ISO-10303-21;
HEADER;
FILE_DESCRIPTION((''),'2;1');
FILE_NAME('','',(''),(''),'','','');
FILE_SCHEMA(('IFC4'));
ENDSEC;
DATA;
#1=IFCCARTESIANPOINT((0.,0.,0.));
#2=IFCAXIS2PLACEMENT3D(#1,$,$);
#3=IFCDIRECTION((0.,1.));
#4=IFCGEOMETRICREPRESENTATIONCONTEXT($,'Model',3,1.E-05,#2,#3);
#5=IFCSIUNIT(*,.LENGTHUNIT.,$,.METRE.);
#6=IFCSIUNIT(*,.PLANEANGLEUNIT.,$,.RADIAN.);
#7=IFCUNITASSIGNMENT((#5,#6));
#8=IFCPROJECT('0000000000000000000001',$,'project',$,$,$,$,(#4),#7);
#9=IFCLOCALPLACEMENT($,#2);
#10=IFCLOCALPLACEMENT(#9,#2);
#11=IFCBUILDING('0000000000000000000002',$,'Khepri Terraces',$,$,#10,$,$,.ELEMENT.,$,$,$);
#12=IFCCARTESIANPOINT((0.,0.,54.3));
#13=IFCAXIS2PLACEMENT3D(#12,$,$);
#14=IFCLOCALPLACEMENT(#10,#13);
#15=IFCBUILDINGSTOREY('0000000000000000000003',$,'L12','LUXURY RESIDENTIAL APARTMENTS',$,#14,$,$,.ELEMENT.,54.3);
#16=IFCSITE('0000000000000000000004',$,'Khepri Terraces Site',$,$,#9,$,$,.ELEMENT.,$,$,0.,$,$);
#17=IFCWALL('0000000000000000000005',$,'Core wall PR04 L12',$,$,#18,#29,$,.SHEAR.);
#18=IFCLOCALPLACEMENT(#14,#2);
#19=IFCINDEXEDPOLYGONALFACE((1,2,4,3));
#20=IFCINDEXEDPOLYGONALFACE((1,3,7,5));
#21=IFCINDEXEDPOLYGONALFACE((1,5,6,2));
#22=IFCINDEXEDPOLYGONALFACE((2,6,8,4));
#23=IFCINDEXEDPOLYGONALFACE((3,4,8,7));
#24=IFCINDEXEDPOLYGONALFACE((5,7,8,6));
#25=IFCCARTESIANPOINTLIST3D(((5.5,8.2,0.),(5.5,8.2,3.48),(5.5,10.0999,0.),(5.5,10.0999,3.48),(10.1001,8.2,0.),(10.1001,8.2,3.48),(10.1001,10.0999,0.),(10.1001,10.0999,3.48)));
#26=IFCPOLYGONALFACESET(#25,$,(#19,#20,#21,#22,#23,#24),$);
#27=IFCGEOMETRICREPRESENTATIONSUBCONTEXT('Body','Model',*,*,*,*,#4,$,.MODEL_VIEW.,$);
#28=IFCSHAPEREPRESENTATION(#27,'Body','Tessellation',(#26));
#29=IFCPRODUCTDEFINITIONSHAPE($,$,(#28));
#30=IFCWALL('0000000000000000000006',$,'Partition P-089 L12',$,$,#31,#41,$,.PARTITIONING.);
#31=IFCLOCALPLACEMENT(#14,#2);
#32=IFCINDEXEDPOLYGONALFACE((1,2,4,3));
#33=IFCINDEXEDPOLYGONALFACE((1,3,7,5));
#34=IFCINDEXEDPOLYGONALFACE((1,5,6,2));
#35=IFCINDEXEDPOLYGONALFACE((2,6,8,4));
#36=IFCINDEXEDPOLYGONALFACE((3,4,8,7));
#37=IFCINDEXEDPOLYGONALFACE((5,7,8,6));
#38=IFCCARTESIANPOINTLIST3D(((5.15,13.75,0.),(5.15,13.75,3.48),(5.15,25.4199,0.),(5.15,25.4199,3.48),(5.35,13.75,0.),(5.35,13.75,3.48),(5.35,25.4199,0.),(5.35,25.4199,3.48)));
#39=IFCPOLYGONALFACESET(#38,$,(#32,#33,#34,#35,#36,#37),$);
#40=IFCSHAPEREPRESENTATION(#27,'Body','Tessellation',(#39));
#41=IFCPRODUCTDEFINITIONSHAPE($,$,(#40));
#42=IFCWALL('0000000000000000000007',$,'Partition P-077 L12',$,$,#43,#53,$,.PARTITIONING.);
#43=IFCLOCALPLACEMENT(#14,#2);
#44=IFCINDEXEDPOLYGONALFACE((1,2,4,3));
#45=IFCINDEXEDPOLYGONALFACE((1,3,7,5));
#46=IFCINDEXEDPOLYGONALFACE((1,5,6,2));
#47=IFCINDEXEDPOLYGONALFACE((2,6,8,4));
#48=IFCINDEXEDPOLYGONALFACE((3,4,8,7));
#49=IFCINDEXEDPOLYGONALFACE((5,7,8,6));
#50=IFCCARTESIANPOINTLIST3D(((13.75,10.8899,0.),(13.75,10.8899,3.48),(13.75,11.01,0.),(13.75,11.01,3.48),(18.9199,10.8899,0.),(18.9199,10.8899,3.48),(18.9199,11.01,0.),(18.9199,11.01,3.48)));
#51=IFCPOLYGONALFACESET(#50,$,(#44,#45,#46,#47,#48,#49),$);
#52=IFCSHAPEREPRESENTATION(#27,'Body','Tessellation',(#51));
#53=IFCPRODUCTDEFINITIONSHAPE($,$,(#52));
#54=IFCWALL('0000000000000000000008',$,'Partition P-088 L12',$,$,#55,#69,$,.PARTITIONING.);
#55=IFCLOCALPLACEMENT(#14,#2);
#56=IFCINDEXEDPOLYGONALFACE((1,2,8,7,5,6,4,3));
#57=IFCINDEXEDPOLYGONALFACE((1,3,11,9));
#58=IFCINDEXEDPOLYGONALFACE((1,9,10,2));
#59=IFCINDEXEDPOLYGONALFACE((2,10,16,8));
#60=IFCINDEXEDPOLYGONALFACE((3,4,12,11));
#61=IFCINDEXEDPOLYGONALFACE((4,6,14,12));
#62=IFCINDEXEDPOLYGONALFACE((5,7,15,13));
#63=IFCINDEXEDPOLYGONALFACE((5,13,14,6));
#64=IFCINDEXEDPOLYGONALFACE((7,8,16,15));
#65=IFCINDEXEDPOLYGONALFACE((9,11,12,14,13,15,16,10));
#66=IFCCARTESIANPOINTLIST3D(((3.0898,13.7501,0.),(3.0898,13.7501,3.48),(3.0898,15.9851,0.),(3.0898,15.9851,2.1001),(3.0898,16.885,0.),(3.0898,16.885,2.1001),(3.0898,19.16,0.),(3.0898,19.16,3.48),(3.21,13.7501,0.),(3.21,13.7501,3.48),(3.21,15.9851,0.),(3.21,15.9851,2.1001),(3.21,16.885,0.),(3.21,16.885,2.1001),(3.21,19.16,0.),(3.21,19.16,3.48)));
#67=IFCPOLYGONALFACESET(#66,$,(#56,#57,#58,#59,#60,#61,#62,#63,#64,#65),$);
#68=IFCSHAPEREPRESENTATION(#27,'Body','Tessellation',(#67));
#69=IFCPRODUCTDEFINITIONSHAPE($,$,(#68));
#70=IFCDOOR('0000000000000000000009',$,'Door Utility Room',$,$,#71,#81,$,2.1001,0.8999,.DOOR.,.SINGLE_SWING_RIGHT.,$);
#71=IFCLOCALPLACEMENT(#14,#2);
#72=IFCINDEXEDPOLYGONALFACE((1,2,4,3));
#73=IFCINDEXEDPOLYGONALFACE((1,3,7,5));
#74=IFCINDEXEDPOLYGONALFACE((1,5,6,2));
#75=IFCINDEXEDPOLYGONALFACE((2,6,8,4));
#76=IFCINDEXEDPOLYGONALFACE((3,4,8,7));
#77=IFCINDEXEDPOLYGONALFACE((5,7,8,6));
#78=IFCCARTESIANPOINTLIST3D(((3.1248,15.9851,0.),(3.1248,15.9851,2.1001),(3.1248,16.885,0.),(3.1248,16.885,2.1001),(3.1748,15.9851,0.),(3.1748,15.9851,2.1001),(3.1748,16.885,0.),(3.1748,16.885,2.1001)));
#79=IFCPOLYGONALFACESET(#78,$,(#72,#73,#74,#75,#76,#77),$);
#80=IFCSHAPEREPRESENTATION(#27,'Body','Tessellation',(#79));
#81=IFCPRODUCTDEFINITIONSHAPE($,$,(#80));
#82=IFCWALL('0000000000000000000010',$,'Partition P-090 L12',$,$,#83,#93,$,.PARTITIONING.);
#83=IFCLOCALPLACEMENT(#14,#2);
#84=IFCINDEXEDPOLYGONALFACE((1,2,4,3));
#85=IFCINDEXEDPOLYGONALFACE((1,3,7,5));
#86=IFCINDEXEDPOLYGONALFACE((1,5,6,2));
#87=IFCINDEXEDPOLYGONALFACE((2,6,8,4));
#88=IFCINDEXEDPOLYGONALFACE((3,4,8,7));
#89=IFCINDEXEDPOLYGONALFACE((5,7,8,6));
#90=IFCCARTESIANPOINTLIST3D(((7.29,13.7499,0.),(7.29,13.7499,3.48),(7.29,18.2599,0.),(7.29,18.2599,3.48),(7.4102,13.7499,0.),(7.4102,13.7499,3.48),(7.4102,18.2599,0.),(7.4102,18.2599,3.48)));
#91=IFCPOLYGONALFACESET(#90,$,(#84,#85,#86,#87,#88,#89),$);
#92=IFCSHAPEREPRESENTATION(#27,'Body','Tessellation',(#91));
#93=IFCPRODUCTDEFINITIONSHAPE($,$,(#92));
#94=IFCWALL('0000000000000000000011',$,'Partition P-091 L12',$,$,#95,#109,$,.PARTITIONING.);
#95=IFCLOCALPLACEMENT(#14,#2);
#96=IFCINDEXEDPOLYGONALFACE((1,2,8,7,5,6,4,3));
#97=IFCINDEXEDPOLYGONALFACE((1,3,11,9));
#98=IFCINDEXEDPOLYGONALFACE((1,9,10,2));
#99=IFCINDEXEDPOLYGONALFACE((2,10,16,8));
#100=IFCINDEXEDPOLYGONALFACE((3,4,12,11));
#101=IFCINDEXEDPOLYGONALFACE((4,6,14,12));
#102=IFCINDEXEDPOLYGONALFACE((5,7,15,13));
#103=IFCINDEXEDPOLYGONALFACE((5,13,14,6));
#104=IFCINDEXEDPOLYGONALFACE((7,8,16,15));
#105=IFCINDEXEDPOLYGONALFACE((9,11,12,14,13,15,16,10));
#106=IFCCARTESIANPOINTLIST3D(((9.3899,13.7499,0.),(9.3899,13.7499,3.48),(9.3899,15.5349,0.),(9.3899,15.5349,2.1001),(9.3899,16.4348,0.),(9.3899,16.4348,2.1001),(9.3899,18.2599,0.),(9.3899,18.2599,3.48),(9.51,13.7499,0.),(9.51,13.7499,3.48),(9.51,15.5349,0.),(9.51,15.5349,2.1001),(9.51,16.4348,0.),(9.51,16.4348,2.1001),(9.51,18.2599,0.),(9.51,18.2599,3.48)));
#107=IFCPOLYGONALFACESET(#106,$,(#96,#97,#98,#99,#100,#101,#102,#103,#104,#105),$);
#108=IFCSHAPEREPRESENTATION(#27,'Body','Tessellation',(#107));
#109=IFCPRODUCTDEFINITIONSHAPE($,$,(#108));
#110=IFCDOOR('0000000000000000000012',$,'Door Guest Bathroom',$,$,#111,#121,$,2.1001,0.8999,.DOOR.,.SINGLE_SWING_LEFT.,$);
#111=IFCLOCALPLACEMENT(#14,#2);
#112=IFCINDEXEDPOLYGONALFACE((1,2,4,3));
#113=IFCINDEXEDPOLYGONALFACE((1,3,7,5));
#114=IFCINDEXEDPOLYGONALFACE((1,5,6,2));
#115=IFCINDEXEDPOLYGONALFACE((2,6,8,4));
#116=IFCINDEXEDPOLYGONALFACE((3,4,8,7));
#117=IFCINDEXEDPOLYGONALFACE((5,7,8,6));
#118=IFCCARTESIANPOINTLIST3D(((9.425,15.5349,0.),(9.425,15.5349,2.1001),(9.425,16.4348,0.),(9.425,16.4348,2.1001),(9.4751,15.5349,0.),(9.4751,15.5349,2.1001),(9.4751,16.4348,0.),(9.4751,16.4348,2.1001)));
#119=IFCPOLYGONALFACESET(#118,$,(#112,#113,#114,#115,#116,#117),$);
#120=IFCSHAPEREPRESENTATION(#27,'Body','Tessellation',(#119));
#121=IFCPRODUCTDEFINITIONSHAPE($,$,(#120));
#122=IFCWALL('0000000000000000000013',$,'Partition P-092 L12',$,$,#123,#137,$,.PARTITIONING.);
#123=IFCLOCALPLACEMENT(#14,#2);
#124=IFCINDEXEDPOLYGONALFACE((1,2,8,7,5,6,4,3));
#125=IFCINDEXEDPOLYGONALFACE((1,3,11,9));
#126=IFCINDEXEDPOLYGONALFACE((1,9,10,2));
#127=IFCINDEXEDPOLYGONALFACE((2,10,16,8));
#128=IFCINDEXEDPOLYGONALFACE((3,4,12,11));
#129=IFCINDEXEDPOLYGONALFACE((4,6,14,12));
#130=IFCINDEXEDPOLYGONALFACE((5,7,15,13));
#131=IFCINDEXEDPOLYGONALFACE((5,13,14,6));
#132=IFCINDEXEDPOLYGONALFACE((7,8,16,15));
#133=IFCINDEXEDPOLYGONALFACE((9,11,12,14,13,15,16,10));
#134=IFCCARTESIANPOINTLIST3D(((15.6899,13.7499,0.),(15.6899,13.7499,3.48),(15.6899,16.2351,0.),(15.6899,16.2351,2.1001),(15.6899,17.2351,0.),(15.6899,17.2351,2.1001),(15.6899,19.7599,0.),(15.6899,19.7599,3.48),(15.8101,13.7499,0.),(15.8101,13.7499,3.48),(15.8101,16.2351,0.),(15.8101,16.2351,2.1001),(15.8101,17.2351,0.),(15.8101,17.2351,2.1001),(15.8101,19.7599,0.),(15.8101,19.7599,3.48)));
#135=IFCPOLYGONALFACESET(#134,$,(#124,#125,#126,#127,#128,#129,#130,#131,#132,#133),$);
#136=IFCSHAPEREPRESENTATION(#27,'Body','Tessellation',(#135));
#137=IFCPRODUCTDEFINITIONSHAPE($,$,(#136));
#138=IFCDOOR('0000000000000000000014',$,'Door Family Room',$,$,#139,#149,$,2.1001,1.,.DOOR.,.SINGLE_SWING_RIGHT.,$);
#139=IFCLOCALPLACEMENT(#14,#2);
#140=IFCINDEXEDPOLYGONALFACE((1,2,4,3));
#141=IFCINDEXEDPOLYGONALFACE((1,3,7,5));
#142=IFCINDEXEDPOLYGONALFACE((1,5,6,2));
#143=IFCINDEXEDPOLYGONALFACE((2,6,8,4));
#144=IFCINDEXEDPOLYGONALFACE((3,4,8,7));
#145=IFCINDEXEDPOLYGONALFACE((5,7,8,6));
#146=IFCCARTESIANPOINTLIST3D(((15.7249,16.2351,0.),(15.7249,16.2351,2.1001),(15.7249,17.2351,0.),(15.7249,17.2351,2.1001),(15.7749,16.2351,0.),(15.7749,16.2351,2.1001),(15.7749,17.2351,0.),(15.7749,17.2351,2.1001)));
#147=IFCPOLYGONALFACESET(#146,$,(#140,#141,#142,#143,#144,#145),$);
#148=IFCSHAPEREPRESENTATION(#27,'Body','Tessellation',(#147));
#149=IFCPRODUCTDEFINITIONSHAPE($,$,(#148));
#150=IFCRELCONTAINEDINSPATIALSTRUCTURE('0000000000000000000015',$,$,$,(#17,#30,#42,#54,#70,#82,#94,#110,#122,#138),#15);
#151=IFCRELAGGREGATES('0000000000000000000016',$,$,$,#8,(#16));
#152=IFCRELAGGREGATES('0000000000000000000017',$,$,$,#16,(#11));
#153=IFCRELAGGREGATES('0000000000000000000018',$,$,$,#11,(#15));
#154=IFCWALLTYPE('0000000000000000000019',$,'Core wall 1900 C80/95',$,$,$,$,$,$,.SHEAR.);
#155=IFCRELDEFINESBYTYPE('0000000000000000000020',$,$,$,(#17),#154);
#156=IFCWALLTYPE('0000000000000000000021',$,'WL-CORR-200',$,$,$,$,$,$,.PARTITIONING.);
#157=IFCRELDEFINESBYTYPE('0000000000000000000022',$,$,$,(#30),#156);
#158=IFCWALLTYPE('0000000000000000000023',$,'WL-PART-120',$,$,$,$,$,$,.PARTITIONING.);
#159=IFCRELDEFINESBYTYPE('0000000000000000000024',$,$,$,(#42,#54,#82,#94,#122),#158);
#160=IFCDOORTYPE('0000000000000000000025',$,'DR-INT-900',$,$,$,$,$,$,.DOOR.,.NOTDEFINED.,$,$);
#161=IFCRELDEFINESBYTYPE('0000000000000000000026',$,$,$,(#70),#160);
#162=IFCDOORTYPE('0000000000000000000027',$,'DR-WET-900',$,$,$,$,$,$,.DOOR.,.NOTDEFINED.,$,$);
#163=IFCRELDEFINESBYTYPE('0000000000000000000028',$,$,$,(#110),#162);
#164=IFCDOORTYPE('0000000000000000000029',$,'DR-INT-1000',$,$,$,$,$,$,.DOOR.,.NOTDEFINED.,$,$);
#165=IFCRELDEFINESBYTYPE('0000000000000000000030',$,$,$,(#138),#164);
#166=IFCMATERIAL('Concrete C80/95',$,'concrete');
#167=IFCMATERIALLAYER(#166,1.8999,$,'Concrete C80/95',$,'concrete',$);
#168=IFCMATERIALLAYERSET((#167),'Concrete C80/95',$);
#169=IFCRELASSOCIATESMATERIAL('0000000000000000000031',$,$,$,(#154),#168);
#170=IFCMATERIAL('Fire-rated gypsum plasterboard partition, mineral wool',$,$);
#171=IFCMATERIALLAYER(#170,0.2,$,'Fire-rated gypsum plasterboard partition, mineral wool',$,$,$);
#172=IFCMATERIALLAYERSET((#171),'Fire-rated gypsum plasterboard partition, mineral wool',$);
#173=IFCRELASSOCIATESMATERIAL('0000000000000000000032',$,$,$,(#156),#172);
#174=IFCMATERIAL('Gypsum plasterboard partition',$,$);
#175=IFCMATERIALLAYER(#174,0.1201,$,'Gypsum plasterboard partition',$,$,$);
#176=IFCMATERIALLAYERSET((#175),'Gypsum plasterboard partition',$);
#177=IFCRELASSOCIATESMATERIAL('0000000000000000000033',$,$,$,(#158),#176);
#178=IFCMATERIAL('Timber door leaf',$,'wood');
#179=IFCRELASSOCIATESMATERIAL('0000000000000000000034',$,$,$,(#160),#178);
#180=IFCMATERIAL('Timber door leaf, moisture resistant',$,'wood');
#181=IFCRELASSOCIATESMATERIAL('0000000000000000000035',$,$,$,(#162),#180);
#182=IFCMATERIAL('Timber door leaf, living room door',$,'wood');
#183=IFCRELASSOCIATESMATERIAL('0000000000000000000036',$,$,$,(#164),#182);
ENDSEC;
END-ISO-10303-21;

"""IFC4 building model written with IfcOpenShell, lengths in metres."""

from ifc_helpers import new_model, si_unit, direction, frame, frame_2d, origin, place, context, subcontext, project, spatial, rectangle, extrude, material, layer, layer_set, type_object, element, fill, save


model = new_model("IFC4")

# Units and contexts
model_context = context("Model", 3, precision=1e-05, world=origin(), true_north=direction((0.0, 1.0)))
body_context = subcontext(model_context, "Body", "Model", "MODEL_VIEW")
ifc_project = project(units=[si_unit("LENGTHUNIT", "METRE"), si_unit("PLANEANGLEUNIT", "RADIAN")], contexts=[model_context])

# Site, building, storey
site_placement = place(None, origin())
site = spatial("IfcSite", under=ifc_project, at=site_placement, Name="Khepri Terraces Site", CompositionType="ELEMENT", RefElevation=0.0)
building_placement = place(site_placement, origin())
building = spatial("IfcBuilding", under=site, at=building_placement, Name="Khepri Terraces", CompositionType="ELEMENT")
storey_placement = place(building_placement, frame((0.0, 0.0, 54.3)))
storey = spatial("IfcBuildingStorey", under=building, at=storey_placement, Name="L12", Description="LUXURY RESIDENTIAL APARTMENTS", CompositionType="ELEMENT", Elevation=54.3)

# Walls
ifc_material_1 = material(Name="Concrete C80/95", Category="concrete")
ifc_layer_1 = layer(ifc_material_1, 1.8999, Name="Concrete C80/95", Category="concrete")
ifc_layer_set_1 = layer_set([ifc_layer_1], Name="Concrete C80/95")
wall_type_1 = type_object("IfcWallType", Name="Core wall 1900 C80/95", PredefinedType="SHEAR", material=ifc_layer_set_1)
wall_1_placement = place(storey_placement, frame((5.5, 9.1499, 0.0), z_axis=(0.0, 0.0, 1.0), x_axis=(1.0, 0.0, 0.0)))
element("IfcWall", 1, at=wall_1_placement, inside=storey, type_object=wall_type_1, Name="Core wall PR04 L12", PredefinedType="SHEAR", context=body_context, shape_type="SweptSolid", body=[
    extrude(rectangle(XDim=4.6001, YDim=1.8999, at=frame_2d((2.3, 0.0))), origin(), (0.0, 0.0, 1.0), 3.48),
])
ifc_material_2 = material(Name="Fire-rated gypsum plasterboard partition, mineral wool")
ifc_layer_2 = layer(ifc_material_2, 0.2, Name="Fire-rated gypsum plasterboard partition, mineral wool")
ifc_layer_set_2 = layer_set([ifc_layer_2], Name="Fire-rated gypsum plasterboard partition, mineral wool")
wall_type_2 = type_object("IfcWallType", Name="WL-CORR-200", PredefinedType="PARTITIONING", material=ifc_layer_set_2)
wall_2_placement = place(storey_placement, frame((5.25, 13.75, 0.0), z_axis=(0.0, 0.0, 1.0), x_axis=(0.0, 1.0, 0.0)))
element("IfcWall", 2, at=wall_2_placement, inside=storey, type_object=wall_type_2, Name="Partition P-089 L12", PredefinedType="PARTITIONING", context=body_context, shape_type="SweptSolid", body=[
    extrude(rectangle(XDim=11.6699, YDim=0.2, at=frame_2d((5.835, 0.0))), origin(), (0.0, 0.0, 1.0), 3.48),
])
ifc_material_3 = material(Name="Gypsum plasterboard partition")
ifc_layer_3 = layer(ifc_material_3, 0.1201, Name="Gypsum plasterboard partition")
ifc_layer_set_3 = layer_set([ifc_layer_3], Name="Gypsum plasterboard partition")
wall_type_3 = type_object("IfcWallType", Name="WL-PART-120", PredefinedType="PARTITIONING", material=ifc_layer_set_3)
wall_3_placement = place(storey_placement, frame((13.75, 10.95, 0.0), z_axis=(0.0, 0.0, 1.0), x_axis=(1.0, 0.0, 0.0)))
element("IfcWall", 3, at=wall_3_placement, inside=storey, type_object=wall_type_3, Name="Partition P-077 L12", PredefinedType="PARTITIONING", context=body_context, shape_type="SweptSolid", body=[
    extrude(rectangle(XDim=5.1699, YDim=0.1201, at=frame_2d((2.585, 0.0))), origin(), (0.0, 0.0, 1.0), 3.48),
])

# Wall, opening, door
wall_4_placement = place(storey_placement, frame((3.1499, 13.75, 0.0), z_axis=(0.0, 0.0, 1.0), x_axis=(0.0, 1.0, 0.0)))
wall_4 = element("IfcWall", 4, at=wall_4_placement, inside=storey, type_object=wall_type_3, Name="Partition P-088 L12", PredefinedType="PARTITIONING", context=body_context, shape_type="SweptSolid", body=[
    extrude(rectangle(XDim=5.4099, YDim=0.1201, at=frame_2d((2.7051, 0.0))), origin(), (0.0, 0.0, 1.0), 3.48),
])
opening_1_placement = place(wall_4_placement, frame((2.2351, 0.0, 0.0)))
opening_1 = element("IfcOpeningElement", 5, at=opening_1_placement, cuts=wall_4, PredefinedType="OPENING", context=body_context, shape_type="SweptSolid", body=[
    extrude(rectangle(XDim=0.8999, YDim=2.1001, at=frame_2d((0.45, 1.05))), frame((0.0, 0.0701, 0.0), z_axis=(0.0, -1.0, 0.0), x_axis=(1.0, 0.0, 0.0)), (0.0, 0.0, 1.0), 0.1401),
])
ifc_material_4 = material(Name="Timber door leaf", Category="wood")
door_type_1 = type_object("IfcDoorType", Name="DR-INT-900", OperationType="NOTDEFINED", PredefinedType="DOOR", material=ifc_material_4)
door_1_placement = place(opening_1_placement, frame((0.8999, 0.0, 0.0), z_axis=(0.0, 0.0, 1.0), x_axis=(-1.0, 0.0, 0.0)))
door_1 = element("IfcDoor", 6, at=door_1_placement, inside=storey, type_object=door_type_1, Name="Door Utility Room", OperationType="SINGLE_SWING_RIGHT", OverallHeight=2.1001, OverallWidth=0.8999, PredefinedType="DOOR", context=body_context, shape_type="SweptSolid", body=[
    extrude(rectangle(XDim=0.8999, YDim=2.1001, at=frame_2d((0.45, 1.05))), frame((0.0, 0.0249, 0.0), z_axis=(0.0, -1.0, 0.0), x_axis=(1.0, 0.0, 0.0)), (0.0, 0.0, 1.0), 0.05),
])
fill(opening_1, door_1)

# Wall
wall_5_placement = place(storey_placement, frame((7.3501, 13.75, 0.0), z_axis=(0.0, 0.0, 1.0), x_axis=(0.0, 1.0, 0.0)))
element("IfcWall", 7, at=wall_5_placement, inside=storey, type_object=wall_type_3, Name="Partition P-090 L12", PredefinedType="PARTITIONING", context=body_context, shape_type="SweptSolid", body=[
    extrude(rectangle(XDim=4.51, YDim=0.1201, at=frame_2d((2.2549, 0.0))), origin(), (0.0, 0.0, 1.0), 3.48),
])

# Walls, openings, doors
wall_6_placement = place(storey_placement, frame((9.45, 13.75, 0.0), z_axis=(0.0, 0.0, 1.0), x_axis=(0.0, 1.0, 0.0)))
wall_6 = element("IfcWall", 8, at=wall_6_placement, inside=storey, type_object=wall_type_3, Name="Partition P-091 L12", PredefinedType="PARTITIONING", context=body_context, shape_type="SweptSolid", body=[
    extrude(rectangle(XDim=4.51, YDim=0.1201, at=frame_2d((2.2549, 0.0))), origin(), (0.0, 0.0, 1.0), 3.48),
])
opening_2_placement = place(wall_6_placement, frame((1.7849, 0.0, 0.0)))
opening_2 = element("IfcOpeningElement", 9, at=opening_2_placement, cuts=wall_6, PredefinedType="OPENING", context=body_context, shape_type="SweptSolid", body=[
    extrude(rectangle(XDim=0.8999, YDim=2.1001, at=frame_2d((0.45, 1.05))), frame((0.0, 0.0701, 0.0), z_axis=(0.0, -1.0, 0.0), x_axis=(1.0, 0.0, 0.0)), (0.0, 0.0, 1.0), 0.1401),
])
ifc_material_5 = material(Name="Timber door leaf, moisture resistant", Category="wood")
door_type_2 = type_object("IfcDoorType", Name="DR-WET-900", OperationType="NOTDEFINED", PredefinedType="DOOR", material=ifc_material_5)
door_2_placement = place(opening_2_placement, origin())
door_2 = element("IfcDoor", 10, at=door_2_placement, inside=storey, type_object=door_type_2, Name="Door Guest Bathroom", OperationType="SINGLE_SWING_LEFT", OverallHeight=2.1001, OverallWidth=0.8999, PredefinedType="DOOR", context=body_context, shape_type="SweptSolid", body=[
    extrude(rectangle(XDim=0.8999, YDim=2.1001, at=frame_2d((0.45, 1.05))), frame((0.0, 0.0249, 0.0), z_axis=(0.0, -1.0, 0.0), x_axis=(1.0, 0.0, 0.0)), (0.0, 0.0, 1.0), 0.05),
])
fill(opening_2, door_2)
wall_7_placement = place(storey_placement, frame((15.75, 13.75, 0.0), z_axis=(0.0, 0.0, 1.0), x_axis=(0.0, 1.0, 0.0)))
wall_7 = element("IfcWall", 11, at=wall_7_placement, inside=storey, type_object=wall_type_3, Name="Partition P-092 L12", PredefinedType="PARTITIONING", context=body_context, shape_type="SweptSolid", body=[
    extrude(rectangle(XDim=6.01, YDim=0.1201, at=frame_2d((3.0049, 0.0))), origin(), (0.0, 0.0, 1.0), 3.48),
])
opening_3_placement = place(wall_7_placement, frame((2.4851, 0.0, 0.0)))
opening_3 = element("IfcOpeningElement", 12, at=opening_3_placement, cuts=wall_7, PredefinedType="OPENING", context=body_context, shape_type="SweptSolid", body=[
    extrude(rectangle(XDim=1.0, YDim=2.1001, at=frame_2d((0.5, 1.05))), frame((0.0, 0.0701, 0.0), z_axis=(0.0, -1.0, 0.0), x_axis=(1.0, 0.0, 0.0)), (0.0, 0.0, 1.0), 0.1401),
])
ifc_material_6 = material(Name="Timber door leaf, living room door", Category="wood")
door_type_3 = type_object("IfcDoorType", Name="DR-INT-1000", OperationType="NOTDEFINED", PredefinedType="DOOR", material=ifc_material_6)
door_3_placement = place(opening_3_placement, frame((1.0, 0.0, 0.0), z_axis=(0.0, 0.0, 1.0), x_axis=(-1.0, 0.0, 0.0)))
door_3 = element("IfcDoor", 13, at=door_3_placement, inside=storey, type_object=door_type_3, Name="Door Family Room", OperationType="SINGLE_SWING_RIGHT", OverallHeight=2.1001, OverallWidth=1.0, PredefinedType="DOOR", context=body_context, shape_type="SweptSolid", body=[
    extrude(rectangle(XDim=1.0, YDim=2.1001, at=frame_2d((0.5, 1.05))), frame((0.0, 0.0249, 0.0), z_axis=(0.0, -1.0, 0.0), x_axis=(1.0, 0.0, 0.0)), (0.0, 0.0, 1.0), 0.05),
])
fill(opening_3, door_3)

save(model, "model.ifc")
